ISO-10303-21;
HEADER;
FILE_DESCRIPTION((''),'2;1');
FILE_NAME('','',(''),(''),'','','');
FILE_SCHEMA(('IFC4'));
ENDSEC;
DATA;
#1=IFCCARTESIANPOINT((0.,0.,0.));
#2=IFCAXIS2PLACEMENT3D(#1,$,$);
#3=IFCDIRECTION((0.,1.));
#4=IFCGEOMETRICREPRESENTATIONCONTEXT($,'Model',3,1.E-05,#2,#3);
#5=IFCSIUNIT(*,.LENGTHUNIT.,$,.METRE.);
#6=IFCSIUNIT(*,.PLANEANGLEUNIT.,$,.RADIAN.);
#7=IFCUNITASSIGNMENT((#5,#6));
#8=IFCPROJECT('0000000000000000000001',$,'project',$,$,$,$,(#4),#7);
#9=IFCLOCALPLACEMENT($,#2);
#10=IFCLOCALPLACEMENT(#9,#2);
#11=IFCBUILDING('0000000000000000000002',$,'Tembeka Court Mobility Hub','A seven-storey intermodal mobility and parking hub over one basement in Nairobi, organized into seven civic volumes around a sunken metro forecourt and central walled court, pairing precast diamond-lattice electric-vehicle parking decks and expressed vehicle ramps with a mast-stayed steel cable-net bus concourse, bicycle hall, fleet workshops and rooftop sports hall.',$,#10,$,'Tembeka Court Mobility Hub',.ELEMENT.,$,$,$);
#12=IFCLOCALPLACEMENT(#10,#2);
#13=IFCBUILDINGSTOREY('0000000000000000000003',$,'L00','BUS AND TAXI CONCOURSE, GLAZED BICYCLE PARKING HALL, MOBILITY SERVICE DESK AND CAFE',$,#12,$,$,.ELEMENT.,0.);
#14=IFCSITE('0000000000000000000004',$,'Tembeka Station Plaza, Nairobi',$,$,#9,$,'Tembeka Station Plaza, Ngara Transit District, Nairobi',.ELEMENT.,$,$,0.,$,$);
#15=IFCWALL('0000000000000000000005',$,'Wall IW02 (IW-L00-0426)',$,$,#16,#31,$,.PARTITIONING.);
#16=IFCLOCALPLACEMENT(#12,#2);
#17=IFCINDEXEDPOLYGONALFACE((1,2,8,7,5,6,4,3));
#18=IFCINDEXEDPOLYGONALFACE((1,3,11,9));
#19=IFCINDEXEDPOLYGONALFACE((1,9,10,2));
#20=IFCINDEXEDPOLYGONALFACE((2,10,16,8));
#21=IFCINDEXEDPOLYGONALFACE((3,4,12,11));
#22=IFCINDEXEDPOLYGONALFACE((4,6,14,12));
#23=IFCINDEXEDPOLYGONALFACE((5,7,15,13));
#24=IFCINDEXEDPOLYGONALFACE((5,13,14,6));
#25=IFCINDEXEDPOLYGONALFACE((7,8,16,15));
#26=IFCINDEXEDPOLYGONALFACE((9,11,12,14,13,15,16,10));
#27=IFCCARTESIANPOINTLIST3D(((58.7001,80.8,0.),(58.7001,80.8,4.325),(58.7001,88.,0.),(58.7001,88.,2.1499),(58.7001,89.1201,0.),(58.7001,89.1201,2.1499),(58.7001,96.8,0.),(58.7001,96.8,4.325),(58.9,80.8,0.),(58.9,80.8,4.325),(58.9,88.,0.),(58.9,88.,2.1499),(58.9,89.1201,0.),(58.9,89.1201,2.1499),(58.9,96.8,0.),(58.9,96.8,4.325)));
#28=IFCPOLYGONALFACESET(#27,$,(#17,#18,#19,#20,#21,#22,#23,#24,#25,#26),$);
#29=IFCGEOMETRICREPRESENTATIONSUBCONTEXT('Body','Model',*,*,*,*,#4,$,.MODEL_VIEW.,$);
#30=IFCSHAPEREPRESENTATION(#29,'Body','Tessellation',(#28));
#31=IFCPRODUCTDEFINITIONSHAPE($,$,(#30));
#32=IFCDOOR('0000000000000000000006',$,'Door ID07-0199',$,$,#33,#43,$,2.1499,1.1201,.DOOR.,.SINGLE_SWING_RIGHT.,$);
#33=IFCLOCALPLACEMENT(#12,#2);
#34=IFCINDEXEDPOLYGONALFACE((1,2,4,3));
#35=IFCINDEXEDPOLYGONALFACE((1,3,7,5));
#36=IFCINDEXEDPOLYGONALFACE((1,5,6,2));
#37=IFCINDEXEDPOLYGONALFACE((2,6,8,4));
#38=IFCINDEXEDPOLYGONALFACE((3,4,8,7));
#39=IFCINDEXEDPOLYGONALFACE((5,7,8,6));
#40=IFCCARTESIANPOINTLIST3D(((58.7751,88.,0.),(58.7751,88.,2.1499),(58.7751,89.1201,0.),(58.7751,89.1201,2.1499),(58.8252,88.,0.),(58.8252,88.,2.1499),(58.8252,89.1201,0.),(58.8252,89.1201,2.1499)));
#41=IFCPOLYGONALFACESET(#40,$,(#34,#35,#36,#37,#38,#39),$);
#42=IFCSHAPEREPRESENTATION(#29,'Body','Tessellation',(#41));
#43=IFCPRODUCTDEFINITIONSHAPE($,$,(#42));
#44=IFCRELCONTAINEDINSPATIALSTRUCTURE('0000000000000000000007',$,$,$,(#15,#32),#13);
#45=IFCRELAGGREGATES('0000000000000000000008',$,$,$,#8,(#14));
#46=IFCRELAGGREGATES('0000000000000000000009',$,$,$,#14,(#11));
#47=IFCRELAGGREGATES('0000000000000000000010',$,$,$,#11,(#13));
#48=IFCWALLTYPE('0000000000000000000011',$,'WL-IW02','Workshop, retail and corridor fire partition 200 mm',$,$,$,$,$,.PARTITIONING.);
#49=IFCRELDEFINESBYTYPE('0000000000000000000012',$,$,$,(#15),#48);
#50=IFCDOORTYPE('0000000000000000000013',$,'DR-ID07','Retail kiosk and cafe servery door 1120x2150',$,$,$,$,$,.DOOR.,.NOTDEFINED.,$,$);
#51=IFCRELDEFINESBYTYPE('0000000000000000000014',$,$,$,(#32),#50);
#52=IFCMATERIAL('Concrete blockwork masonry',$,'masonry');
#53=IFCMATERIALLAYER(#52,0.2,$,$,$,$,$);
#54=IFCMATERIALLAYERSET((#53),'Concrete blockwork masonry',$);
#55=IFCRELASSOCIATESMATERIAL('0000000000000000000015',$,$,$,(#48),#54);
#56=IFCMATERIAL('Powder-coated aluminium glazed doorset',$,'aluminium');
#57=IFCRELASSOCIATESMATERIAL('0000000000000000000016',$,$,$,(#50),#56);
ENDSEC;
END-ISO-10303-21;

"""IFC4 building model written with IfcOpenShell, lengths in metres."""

from ifc_helpers import new_model, si_unit, direction, frame, frame_2d, origin, place, context, subcontext, project, spatial, rectangle, extrude, material, layer, layer_set, type_object, element, fill, save


model = new_model("IFC4")

# Units and contexts
model_context = context("Model", 3, precision=1e-05, world=origin(), true_north=direction((0.0, 1.0)))
body_context = subcontext(model_context, "Body", "Model", "MODEL_VIEW")
ifc_project = project(units=[si_unit("LENGTHUNIT", "METRE"), si_unit("PLANEANGLEUNIT", "RADIAN")], contexts=[model_context])

# Site, building, storey
site_placement = place(None, origin())
site = spatial("IfcSite", under=ifc_project, at=site_placement, Name="Tembeka Station Plaza, Nairobi", LongName="Tembeka Station Plaza, Ngara Transit District, Nairobi", CompositionType="ELEMENT", RefElevation=0.0)
building_placement = place(site_placement, origin())
building = spatial("IfcBuilding", under=site, at=building_placement, Name="Tembeka Court Mobility Hub", Description="A seven-storey intermodal mobility and parking hub over one basement in Nairobi, organized into seven civic volumes around a sunken metro forecourt and central walled court, pairing precast diamond-lattice electric-vehicle parking decks and expressed vehicle ramps with a mast-stayed steel cable-net bus concourse, bicycle hall, fleet workshops and rooftop sports hall.", LongName="Tembeka Court Mobility Hub", CompositionType="ELEMENT")
storey_placement = place(building_placement, origin())
storey = spatial("IfcBuildingStorey", under=building, at=storey_placement, Name="L00", Description="BUS AND TAXI CONCOURSE, GLAZED BICYCLE PARKING HALL, MOBILITY SERVICE DESK AND CAFE", CompositionType="ELEMENT", Elevation=0.0)

# Wall, opening, door
ifc_material_1 = material(Name="Concrete blockwork masonry", Category="masonry")
ifc_layer = layer(ifc_material_1, 0.2)
ifc_layer_set = layer_set([ifc_layer], Name="Concrete blockwork masonry")
wall_type = type_object("IfcWallType", Name="WL-IW02", Description="Workshop, retail and corridor fire partition 200 mm", PredefinedType="PARTITIONING", material=ifc_layer_set)
wall_placement = place(storey_placement, frame((58.8, 80.8, 0.0), z_axis=(0.0, 0.0, 1.0), x_axis=(0.0, 1.0, 0.0)))
wall = element("IfcWall", 1, at=wall_placement, inside=storey, type_object=wall_type, Name="Wall IW02 (IW-L00-0426)", PredefinedType="PARTITIONING", context=body_context, shape_type="SweptSolid", body=[
    extrude(rectangle(XDim=16.0, YDim=0.2, at=frame_2d((8.0, 0.0))), origin(), (0.0, 0.0, 1.0), 4.325),
])
opening_placement = place(wall_placement, frame((7.2, 0.0, 0.0)))
opening = element("IfcOpeningElement", 2, at=opening_placement, cuts=wall, PredefinedType="OPENING", context=body_context, shape_type="SweptSolid", body=[
    extrude(rectangle(XDim=1.1201, YDim=2.1499, at=frame_2d((0.5601, 1.075))), frame((0.0, 0.1099, 0.0), z_axis=(0.0, -1.0, 0.0), x_axis=(1.0, 0.0, 0.0)), (0.0, 0.0, 1.0), 0.22),
])
ifc_material_2 = material(Name="Powder-coated aluminium glazed doorset", Category="aluminium")
door_type = type_object("IfcDoorType", Name="DR-ID07", Description="Retail kiosk and cafe servery door 1120x2150", OperationType="NOTDEFINED", PredefinedType="DOOR", material=ifc_material_2)
door_placement = place(opening_placement, origin())
door = element("IfcDoor", 3, at=door_placement, inside=storey, type_object=door_type, Name="Door ID07-0199", OperationType="SINGLE_SWING_RIGHT", OverallHeight=2.1499, OverallWidth=1.1201, PredefinedType="DOOR", context=body_context, shape_type="SweptSolid", body=[
    extrude(rectangle(XDim=1.1201, YDim=2.1499, at=frame_2d((0.5601, 1.075))), frame((0.0, 0.0249, 0.0), z_axis=(0.0, -1.0, 0.0), x_axis=(1.0, 0.0, 0.0)), (0.0, 0.0, 1.0), 0.05),
])
fill(opening, door)

save(model, "model.ifc")
